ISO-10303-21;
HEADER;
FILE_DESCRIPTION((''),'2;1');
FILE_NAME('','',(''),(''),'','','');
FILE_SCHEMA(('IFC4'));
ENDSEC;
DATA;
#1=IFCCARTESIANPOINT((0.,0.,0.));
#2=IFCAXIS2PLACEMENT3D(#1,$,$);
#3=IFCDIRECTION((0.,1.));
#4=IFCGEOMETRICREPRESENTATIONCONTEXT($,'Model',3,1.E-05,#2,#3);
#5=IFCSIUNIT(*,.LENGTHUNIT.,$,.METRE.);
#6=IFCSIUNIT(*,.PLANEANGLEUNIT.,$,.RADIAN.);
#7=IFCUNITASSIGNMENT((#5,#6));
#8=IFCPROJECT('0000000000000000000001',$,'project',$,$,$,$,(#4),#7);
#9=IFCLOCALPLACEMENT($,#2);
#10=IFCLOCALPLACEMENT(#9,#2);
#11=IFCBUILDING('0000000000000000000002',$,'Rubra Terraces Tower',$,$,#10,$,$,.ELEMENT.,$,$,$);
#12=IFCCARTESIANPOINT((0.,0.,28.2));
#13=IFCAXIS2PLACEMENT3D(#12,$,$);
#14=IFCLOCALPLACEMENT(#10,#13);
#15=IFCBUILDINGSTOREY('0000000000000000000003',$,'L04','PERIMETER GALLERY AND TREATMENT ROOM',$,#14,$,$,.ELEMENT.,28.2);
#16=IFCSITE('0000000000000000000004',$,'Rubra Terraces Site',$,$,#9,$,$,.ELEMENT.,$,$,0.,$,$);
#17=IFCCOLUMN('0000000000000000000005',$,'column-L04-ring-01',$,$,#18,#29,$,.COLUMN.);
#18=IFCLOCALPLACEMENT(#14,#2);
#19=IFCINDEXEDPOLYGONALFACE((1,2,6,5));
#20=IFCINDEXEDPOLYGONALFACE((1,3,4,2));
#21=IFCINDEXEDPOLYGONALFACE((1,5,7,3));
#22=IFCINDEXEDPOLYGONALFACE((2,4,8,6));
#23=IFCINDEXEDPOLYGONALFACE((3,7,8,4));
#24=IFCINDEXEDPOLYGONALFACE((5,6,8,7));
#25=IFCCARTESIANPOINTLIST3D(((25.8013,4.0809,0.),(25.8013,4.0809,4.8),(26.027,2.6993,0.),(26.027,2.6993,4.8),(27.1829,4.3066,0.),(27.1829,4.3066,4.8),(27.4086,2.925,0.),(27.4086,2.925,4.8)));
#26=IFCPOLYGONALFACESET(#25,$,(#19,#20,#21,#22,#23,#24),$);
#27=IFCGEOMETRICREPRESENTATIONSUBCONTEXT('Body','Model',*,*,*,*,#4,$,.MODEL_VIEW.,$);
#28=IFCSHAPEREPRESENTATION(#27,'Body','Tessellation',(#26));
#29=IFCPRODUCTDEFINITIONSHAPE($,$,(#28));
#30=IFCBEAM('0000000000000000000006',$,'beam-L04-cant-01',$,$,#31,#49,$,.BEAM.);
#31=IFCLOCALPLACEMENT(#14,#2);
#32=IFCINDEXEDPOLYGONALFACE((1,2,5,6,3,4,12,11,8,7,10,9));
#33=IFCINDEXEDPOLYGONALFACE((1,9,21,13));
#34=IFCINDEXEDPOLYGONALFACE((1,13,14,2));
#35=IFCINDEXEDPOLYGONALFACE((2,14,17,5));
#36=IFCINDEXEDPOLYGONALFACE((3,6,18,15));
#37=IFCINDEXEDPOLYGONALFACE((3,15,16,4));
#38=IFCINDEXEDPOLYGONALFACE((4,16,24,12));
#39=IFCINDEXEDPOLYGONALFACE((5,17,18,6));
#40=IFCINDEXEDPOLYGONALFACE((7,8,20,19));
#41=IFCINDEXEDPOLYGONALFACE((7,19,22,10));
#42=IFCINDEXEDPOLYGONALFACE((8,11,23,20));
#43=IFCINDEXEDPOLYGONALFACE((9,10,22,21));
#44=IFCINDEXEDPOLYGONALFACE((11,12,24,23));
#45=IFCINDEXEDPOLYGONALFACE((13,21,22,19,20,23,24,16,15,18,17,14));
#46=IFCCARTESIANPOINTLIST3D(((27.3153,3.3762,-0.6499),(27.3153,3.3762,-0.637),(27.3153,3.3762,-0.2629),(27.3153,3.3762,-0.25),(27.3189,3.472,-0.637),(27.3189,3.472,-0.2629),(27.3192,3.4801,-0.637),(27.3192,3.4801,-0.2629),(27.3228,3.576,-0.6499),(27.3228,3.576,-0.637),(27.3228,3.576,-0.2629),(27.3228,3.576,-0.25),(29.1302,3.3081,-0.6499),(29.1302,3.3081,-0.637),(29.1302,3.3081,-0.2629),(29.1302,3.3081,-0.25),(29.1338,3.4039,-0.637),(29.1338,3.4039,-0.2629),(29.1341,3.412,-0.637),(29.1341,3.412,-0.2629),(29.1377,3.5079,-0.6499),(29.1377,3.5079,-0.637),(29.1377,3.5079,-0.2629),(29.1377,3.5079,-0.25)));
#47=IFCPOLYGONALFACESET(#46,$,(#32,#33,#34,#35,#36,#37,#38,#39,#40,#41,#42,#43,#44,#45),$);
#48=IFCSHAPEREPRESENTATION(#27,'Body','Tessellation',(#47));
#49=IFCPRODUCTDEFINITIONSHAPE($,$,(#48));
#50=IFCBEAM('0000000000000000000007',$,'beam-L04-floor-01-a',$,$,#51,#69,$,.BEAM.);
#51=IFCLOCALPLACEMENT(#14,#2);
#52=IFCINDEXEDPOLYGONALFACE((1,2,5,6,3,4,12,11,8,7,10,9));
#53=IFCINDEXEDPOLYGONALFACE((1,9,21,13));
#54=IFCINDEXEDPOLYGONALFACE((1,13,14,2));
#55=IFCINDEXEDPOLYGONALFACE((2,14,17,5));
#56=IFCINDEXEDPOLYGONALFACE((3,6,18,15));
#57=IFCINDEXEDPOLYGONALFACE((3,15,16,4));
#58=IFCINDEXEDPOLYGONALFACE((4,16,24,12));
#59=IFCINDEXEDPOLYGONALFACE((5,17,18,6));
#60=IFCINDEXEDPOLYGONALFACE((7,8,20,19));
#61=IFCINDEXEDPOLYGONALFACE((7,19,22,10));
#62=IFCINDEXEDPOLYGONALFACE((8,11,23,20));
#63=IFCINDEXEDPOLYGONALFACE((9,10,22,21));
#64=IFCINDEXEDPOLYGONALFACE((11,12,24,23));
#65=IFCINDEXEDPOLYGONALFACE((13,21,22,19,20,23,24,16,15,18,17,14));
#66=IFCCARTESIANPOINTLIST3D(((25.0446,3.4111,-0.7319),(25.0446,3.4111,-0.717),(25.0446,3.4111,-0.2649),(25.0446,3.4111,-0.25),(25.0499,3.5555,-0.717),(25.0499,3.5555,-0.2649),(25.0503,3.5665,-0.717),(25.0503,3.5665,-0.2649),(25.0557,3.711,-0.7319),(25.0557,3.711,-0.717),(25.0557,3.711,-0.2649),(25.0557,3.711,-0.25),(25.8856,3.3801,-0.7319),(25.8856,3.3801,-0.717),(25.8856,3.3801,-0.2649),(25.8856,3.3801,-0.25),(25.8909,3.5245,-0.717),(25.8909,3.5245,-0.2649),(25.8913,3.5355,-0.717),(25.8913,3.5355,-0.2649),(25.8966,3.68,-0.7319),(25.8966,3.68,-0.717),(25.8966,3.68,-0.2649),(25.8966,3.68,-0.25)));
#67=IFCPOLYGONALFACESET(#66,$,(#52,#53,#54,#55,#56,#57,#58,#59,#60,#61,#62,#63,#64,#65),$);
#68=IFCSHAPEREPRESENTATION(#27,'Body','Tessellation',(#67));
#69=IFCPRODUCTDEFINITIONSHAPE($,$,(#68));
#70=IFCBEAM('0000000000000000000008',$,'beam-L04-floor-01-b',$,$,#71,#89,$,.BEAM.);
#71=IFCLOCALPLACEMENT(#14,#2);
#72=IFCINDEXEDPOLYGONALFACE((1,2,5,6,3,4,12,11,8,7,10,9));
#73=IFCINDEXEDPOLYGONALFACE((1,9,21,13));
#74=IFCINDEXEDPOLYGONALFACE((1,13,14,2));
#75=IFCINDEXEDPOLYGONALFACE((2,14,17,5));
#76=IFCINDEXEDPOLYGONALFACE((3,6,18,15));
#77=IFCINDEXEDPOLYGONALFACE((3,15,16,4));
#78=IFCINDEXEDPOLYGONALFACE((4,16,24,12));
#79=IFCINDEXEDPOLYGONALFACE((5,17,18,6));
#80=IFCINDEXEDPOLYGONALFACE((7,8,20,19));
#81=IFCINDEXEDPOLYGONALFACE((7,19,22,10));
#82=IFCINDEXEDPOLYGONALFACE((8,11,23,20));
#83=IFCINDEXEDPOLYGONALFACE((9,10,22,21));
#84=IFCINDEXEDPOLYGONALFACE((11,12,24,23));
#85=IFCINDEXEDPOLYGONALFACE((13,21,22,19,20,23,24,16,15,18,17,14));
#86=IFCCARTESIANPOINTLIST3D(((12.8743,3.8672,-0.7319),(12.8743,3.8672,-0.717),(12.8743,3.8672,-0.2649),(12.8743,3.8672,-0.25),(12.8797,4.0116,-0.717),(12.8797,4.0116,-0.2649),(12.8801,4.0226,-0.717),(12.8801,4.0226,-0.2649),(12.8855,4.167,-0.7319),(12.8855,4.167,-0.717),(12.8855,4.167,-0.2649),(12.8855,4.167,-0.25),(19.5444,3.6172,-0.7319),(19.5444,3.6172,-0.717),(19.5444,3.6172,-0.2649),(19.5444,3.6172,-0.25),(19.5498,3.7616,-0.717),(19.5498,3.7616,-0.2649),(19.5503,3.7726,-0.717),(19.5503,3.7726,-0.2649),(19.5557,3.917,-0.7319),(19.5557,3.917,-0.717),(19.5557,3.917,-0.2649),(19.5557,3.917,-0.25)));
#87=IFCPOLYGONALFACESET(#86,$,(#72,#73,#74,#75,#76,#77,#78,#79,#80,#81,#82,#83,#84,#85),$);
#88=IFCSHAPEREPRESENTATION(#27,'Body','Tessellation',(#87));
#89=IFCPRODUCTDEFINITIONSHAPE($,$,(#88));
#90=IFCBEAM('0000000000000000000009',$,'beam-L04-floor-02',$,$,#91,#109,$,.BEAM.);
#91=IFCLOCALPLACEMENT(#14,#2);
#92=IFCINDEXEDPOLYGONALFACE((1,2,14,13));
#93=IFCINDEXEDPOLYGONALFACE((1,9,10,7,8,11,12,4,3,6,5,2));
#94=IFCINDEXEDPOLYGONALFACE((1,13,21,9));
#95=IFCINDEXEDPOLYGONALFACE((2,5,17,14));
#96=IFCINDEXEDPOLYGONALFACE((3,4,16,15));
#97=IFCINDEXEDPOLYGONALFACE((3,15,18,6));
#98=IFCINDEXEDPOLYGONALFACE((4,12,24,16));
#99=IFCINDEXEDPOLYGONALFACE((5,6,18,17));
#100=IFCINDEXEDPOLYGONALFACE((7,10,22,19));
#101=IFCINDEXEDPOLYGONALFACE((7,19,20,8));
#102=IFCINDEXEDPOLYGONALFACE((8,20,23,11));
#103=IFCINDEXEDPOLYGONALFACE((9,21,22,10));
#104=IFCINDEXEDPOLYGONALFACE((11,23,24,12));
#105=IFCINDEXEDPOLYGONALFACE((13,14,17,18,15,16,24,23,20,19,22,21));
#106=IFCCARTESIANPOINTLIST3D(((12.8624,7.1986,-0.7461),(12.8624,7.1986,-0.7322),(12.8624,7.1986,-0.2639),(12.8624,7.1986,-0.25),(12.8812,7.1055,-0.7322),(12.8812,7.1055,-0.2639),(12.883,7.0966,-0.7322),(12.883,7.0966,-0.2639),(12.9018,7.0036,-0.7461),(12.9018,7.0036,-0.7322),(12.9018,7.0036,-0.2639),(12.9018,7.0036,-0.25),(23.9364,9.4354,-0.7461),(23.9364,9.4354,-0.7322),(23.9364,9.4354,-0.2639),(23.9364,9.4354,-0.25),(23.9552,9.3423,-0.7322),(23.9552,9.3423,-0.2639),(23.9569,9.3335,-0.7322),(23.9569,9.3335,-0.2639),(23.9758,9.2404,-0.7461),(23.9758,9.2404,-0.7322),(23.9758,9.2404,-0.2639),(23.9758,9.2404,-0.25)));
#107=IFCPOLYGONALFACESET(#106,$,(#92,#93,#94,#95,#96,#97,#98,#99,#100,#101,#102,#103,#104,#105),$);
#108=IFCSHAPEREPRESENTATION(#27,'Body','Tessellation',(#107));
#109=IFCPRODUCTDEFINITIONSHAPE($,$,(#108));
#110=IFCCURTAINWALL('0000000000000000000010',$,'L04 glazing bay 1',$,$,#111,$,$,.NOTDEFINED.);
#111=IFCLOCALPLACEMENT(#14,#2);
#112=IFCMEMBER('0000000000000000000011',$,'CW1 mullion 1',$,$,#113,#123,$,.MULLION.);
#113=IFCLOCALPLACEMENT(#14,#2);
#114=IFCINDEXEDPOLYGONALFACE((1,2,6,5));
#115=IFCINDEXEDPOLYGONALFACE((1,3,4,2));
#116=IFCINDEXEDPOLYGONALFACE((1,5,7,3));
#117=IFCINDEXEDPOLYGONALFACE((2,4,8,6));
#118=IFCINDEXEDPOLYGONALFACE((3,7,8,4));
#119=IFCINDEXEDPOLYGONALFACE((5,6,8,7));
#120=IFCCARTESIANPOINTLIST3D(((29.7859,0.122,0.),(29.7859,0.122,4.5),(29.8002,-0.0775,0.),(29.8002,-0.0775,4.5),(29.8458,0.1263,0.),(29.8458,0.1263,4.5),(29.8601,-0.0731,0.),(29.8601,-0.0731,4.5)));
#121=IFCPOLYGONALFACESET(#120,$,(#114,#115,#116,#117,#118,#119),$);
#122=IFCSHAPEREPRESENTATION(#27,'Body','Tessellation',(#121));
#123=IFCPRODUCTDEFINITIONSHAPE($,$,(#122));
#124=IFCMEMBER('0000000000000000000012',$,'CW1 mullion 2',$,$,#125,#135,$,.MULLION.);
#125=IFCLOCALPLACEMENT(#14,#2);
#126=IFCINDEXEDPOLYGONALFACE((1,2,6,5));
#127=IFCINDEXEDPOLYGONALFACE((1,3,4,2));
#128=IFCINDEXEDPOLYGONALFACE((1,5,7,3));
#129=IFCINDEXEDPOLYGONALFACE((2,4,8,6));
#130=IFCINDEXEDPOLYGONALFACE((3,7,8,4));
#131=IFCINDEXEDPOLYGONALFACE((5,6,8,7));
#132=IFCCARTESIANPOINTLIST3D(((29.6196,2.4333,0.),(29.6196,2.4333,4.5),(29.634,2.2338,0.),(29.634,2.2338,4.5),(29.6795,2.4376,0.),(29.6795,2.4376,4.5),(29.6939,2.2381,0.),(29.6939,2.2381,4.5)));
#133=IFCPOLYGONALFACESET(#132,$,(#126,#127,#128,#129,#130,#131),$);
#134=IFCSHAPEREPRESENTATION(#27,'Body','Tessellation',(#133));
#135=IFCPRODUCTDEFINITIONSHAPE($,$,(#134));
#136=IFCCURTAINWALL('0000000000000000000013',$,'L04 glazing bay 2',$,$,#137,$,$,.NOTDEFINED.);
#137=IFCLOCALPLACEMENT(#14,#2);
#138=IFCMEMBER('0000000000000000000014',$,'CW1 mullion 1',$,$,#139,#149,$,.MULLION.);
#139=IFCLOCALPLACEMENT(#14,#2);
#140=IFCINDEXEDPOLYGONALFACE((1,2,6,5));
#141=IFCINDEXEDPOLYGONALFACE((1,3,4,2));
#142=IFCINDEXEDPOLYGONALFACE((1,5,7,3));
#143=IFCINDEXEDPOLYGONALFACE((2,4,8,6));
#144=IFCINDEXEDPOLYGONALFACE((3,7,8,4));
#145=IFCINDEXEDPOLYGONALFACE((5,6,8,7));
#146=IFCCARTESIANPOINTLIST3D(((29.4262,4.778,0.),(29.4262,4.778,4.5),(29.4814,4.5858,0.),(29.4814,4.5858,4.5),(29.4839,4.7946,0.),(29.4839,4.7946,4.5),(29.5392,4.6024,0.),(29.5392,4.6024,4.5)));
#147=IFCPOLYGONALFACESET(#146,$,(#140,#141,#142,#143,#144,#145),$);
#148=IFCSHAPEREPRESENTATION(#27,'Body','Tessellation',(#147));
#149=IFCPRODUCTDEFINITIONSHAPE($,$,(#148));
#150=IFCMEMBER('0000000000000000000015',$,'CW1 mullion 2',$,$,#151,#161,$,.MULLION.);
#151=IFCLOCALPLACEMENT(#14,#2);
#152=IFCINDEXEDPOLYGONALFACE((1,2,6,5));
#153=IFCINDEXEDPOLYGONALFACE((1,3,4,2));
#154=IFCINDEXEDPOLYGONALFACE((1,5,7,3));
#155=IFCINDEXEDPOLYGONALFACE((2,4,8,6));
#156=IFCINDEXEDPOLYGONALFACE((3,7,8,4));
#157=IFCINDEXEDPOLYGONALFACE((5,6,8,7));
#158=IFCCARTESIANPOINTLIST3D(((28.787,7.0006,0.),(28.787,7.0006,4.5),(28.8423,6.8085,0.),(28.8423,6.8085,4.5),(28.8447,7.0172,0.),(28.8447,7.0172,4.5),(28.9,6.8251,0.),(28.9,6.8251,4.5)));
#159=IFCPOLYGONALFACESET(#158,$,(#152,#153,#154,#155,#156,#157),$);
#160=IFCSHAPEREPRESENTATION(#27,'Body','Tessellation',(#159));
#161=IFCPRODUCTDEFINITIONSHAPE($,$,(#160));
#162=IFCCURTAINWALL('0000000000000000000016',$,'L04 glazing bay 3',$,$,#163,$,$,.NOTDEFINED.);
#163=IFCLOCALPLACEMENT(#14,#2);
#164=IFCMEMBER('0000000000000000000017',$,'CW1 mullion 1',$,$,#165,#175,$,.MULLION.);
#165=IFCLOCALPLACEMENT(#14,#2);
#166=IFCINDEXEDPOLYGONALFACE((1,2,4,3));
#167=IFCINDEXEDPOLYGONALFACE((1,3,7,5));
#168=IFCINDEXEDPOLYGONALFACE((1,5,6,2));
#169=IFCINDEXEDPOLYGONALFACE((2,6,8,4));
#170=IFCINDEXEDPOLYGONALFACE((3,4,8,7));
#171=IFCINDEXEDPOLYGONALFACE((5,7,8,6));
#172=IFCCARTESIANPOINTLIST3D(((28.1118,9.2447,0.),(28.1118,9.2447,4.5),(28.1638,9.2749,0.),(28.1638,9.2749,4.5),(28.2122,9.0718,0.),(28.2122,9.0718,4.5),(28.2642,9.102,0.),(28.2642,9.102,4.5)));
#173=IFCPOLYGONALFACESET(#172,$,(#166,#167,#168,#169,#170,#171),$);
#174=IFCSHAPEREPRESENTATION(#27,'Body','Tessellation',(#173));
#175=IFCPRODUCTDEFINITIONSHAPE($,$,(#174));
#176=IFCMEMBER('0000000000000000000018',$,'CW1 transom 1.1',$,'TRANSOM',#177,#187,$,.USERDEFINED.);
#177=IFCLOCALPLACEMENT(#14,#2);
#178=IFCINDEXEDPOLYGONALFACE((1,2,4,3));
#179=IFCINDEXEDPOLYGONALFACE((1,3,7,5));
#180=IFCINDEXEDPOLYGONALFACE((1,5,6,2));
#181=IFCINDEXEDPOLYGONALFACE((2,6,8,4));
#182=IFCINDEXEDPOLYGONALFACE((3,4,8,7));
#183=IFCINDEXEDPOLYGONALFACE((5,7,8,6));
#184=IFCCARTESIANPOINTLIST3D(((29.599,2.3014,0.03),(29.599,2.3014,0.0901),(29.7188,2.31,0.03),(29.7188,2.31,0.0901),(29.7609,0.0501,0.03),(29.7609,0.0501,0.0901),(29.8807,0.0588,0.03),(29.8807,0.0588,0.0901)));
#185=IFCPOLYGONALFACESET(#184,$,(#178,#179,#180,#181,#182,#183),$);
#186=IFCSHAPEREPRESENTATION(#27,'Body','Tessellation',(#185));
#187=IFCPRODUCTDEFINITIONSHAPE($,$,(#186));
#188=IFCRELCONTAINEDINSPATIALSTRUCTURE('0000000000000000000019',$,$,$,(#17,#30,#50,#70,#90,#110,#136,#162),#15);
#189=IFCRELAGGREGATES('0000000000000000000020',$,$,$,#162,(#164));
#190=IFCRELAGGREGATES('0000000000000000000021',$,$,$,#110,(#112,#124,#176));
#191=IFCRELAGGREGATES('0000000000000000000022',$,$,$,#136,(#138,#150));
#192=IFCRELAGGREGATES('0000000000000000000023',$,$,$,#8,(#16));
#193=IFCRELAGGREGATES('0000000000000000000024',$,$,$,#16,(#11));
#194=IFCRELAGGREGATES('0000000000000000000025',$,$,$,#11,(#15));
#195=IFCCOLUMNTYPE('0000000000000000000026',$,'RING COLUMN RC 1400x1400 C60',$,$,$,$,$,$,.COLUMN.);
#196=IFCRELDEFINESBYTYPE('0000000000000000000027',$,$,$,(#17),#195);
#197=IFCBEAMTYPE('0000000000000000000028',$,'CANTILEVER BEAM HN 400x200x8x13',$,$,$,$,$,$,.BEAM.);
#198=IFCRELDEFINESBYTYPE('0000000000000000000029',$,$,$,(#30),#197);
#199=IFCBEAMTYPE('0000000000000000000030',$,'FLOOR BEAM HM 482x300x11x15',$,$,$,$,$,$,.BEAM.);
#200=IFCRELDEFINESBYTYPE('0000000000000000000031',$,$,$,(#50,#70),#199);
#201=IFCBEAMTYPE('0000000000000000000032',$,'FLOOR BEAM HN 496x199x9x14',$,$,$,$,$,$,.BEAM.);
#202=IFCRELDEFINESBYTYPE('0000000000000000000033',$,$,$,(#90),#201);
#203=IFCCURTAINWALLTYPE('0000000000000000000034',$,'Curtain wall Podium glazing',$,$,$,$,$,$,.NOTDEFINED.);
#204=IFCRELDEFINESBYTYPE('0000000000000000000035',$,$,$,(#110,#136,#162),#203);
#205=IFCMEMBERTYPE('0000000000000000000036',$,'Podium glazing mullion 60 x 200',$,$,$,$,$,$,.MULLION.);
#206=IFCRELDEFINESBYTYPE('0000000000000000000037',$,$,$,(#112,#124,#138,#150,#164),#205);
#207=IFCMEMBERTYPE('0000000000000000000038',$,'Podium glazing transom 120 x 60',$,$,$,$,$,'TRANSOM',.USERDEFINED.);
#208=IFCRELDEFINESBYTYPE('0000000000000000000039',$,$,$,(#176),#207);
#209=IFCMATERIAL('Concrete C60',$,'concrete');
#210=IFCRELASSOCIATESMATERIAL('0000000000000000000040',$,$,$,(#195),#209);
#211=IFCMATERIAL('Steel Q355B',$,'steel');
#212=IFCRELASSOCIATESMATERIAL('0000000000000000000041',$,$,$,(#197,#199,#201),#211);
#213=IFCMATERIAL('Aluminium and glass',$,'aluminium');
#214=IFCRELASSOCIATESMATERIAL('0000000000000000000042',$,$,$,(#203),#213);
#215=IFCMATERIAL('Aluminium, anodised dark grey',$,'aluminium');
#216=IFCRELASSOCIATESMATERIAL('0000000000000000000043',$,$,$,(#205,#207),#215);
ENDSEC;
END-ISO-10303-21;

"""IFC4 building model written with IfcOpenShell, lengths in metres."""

from ifc_helpers import new_model, si_unit, direction, frame, origin, origin_2d, place, context, subcontext, project, spatial, rectangle, i_section, extrude, material, material_profile, profile_set, type_object, element, aggregate, save


model = new_model("IFC4")

# Units and contexts
model_context = context("Model", 3, precision=1e-05, world=origin(), true_north=direction((0.0, 1.0)))
body_context = subcontext(model_context, "Body", "Model", "MODEL_VIEW")
ifc_project = project(units=[si_unit("LENGTHUNIT", "METRE"), si_unit("PLANEANGLEUNIT", "RADIAN")], contexts=[model_context])

# Site, building, storey
site_placement = place(None, origin())
site = spatial("IfcSite", under=ifc_project, at=site_placement, Name="Rubra Terraces Site", CompositionType="ELEMENT", RefElevation=0.0)
building_placement = place(site_placement, origin())
building = spatial("IfcBuilding", under=site, at=building_placement, Name="Rubra Terraces Tower", CompositionType="ELEMENT")
storey_placement = place(building_placement, frame((0.0, 0.0, 28.2)))
storey = spatial("IfcBuildingStorey", under=building, at=storey_placement, Name="L04", Description="PERIMETER GALLERY AND TREATMENT ROOM", CompositionType="ELEMENT", Elevation=28.2)

# Column
ifc_material_1 = material(Name="Concrete C60", Category="concrete")
ifc_material_profile_1 = material_profile(ifc_material_1, rectangle(XDim=1.3999, YDim=1.3999, at=origin_2d()), Name="RC 1400x1400")
ifc_profile_set_1 = profile_set([ifc_material_profile_1], Name="Concrete C60")
column_type = type_object("IfcColumnType", Name="RING COLUMN RC 1400x1400 C60", PredefinedType="COLUMN", material=ifc_profile_set_1)
column_placement = place(storey_placement, frame((26.605, 3.5029, 0.0), z_axis=(0.0, 0.0, 1.0), x_axis=(-0.161234, 0.986916, 0.0)))
element("IfcColumn", 1, at=column_placement, inside=storey, type_object=column_type, Name="column-L04-ring-01", PredefinedType="COLUMN", context=body_context, shape_type="SweptSolid", body=[
    extrude(rectangle(XDim=1.3999, YDim=1.3999, at=origin_2d()), origin(), (0.0, 0.0, 1.0), 4.8),
])

# Beams
ifc_material_2 = material(Name="Steel Q355B", Category="steel")
ifc_material_profile_2 = material_profile(ifc_material_2, i_section(OverallWidth=0.2, OverallDepth=0.3999, WebThickness=0.0081, FlangeThickness=0.0129, at=origin_2d()), Name="HN 400x200x8x13")
ifc_profile_set_2 = profile_set([ifc_material_profile_2], Name="Steel Q355B")
beam_type_1 = type_object("IfcBeamType", Name="CANTILEVER BEAM HN 400x200x8x13", PredefinedType="BEAM", material=ifc_profile_set_2)
beam_1_placement = place(storey_placement, frame((27.3191, 3.4761, -0.45), z_axis=(0.999296, -0.037504, 0.0), x_axis=(0.037504, 0.999296, 0.0)))
element("IfcBeam", 2, at=beam_1_placement, inside=storey, type_object=beam_type_1, Name="beam-L04-cant-01", PredefinedType="BEAM", context=body_context, shape_type="SweptSolid", body=[
    extrude(i_section(OverallWidth=0.2, OverallDepth=0.3999, WebThickness=0.0081, FlangeThickness=0.0129, at=origin_2d()), origin(), (0.0, 0.0, 1.0), 1.8162),
])
ifc_material_profile_3 = material_profile(ifc_material_2, i_section(OverallWidth=0.3, OverallDepth=0.4819, WebThickness=0.011, FlangeThickness=0.0149, at=origin_2d()), Name="HM 482x300x11x15")
ifc_profile_set_3 = profile_set([ifc_material_profile_3], Name="Steel Q355B")
beam_type_2 = type_object("IfcBeamType", Name="FLOOR BEAM HM 482x300x11x15", PredefinedType="BEAM", material=ifc_profile_set_3)
beam_2_placement = place(storey_placement, frame((25.8911, 3.53, -0.491), z_axis=(-0.999321, 0.03684, 0.0), x_axis=(-0.03684, -0.999321, 0.0)))
element("IfcBeam", 3, at=beam_2_placement, inside=storey, type_object=beam_type_2, Name="beam-L04-floor-01-a", PredefinedType="BEAM", context=body_context, shape_type="SweptSolid", body=[
    extrude(i_section(OverallWidth=0.3, OverallDepth=0.4819, WebThickness=0.011, FlangeThickness=0.0149, at=origin_2d()), origin(), (0.0, 0.0, 1.0), 0.8416),
])
beam_3_placement = place(storey_placement, frame((19.55, 3.7671, -0.491), z_axis=(-0.999298, 0.037454, 0.0), x_axis=(-0.037454, -0.999298, 0.0)))
element("IfcBeam", 4, at=beam_3_placement, inside=storey, type_object=beam_type_2, Name="beam-L04-floor-01-b", PredefinedType="BEAM", context=body_context, shape_type="SweptSolid", body=[
    extrude(i_section(OverallWidth=0.3, OverallDepth=0.4819, WebThickness=0.011, FlangeThickness=0.0149, at=origin_2d()), origin(), (0.0, 0.0, 1.0), 6.6748),
])
ifc_material_profile_4 = material_profile(ifc_material_2, i_section(OverallWidth=0.199, OverallDepth=0.4961, WebThickness=0.009, FlangeThickness=0.0139, at=origin_2d()), Name="HN 496x199x9x14")
ifc_profile_set_4 = profile_set([ifc_material_profile_4], Name="Steel Q355B")
beam_type_3 = type_object("IfcBeamType", Name="FLOOR BEAM HN 496x199x9x14", PredefinedType="BEAM", material=ifc_profile_set_4)
beam_4_placement = place(storey_placement, frame((23.9561, 9.3379, -0.498), z_axis=(-0.980204, -0.19799, 0.0), x_axis=(0.19799, -0.980204, 0.0)))
element("IfcBeam", 5, at=beam_4_placement, inside=storey, type_object=beam_type_3, Name="beam-L04-floor-02", PredefinedType="BEAM", context=body_context, shape_type="SweptSolid", body=[
    extrude(i_section(OverallWidth=0.199, OverallDepth=0.4961, WebThickness=0.009, FlangeThickness=0.0139, at=origin_2d()), origin(), (0.0, 0.0, 1.0), 11.2976),
])

# Curtain walls, members
ifc_material_3 = material(Name="Aluminium and glass", Category="aluminium")
curtain_wall_type = type_object("IfcCurtainWallType", Name="Curtain wall Podium glazing", PredefinedType="NOTDEFINED", material=ifc_material_3)
curtain_wall_1_placement = place(storey_placement, origin())
curtain_wall_1 = element("IfcCurtainWall", 6, at=curtain_wall_1_placement, inside=storey, type_object=curtain_wall_type, Name="L04 glazing bay 1", PredefinedType="NOTDEFINED")
ifc_material_4 = material(Name="Aluminium, anodised dark grey", Category="aluminium")
ifc_material_profile_5 = material_profile(ifc_material_4, rectangle(XDim=0.0601, YDim=0.2, at=origin_2d()), Name="AL 60x200")
ifc_profile_set_5 = profile_set([ifc_material_profile_5], Name="Aluminium, anodised dark grey")
member_type_1 = type_object("IfcMemberType", Name="Podium glazing mullion 60 x 200", PredefinedType="MULLION", material=ifc_profile_set_5)
member_1_placement = place(storey_placement, frame((29.823, 0.0244, 0.0), z_axis=(0.0, 0.0, 1.0), x_axis=(-0.99742, -0.071792, 0.0)))
member_1 = element("IfcMember", 7, at=member_1_placement, type_object=member_type_1, Name="CW1 mullion 1", PredefinedType="MULLION", context=body_context, shape_type="SweptSolid", body=[
    extrude(rectangle(XDim=0.0601, YDim=0.2, at=origin_2d()), origin(), (0.0, 0.0, 1.0), 4.5),
])
member_2_placement = place(storey_placement, frame((29.6567, 2.3357, 0.0), z_axis=(0.0, 0.0, 1.0), x_axis=(-0.99742, -0.071792, 0.0)))
member_2 = element("IfcMember", 8, at=member_2_placement, type_object=member_type_1, Name="CW1 mullion 2", PredefinedType="MULLION", context=body_context, shape_type="SweptSolid", body=[
    extrude(rectangle(XDim=0.0601, YDim=0.2, at=origin_2d()), origin(), (0.0, 0.0, 1.0), 4.5),
])
curtain_wall_2_placement = place(storey_placement, origin())
curtain_wall_2 = element("IfcCurtainWall", 9, at=curtain_wall_2_placement, inside=storey, type_object=curtain_wall_type, Name="L04 glazing bay 2", PredefinedType="NOTDEFINED")
member_3_placement = place(storey_placement, frame((29.4827, 4.6902, 0.0), z_axis=(0.0, 0.0, 1.0), x_axis=(-0.961047, -0.276384, 0.0)))
member_3 = element("IfcMember", 10, at=member_3_placement, type_object=member_type_1, Name="CW1 mullion 1", PredefinedType="MULLION", context=body_context, shape_type="SweptSolid", body=[
    extrude(rectangle(XDim=0.0601, YDim=0.2, at=origin_2d()), origin(), (0.0, 0.0, 1.0), 4.5),
])
member_4_placement = place(storey_placement, frame((28.8435, 6.9128, 0.0), z_axis=(0.0, 0.0, 1.0), x_axis=(-0.961047, -0.276384, 0.0)))
member_4 = element("IfcMember", 11, at=member_4_placement, type_object=member_type_1, Name="CW1 mullion 2", PredefinedType="MULLION", context=body_context, shape_type="SweptSolid", body=[
    extrude(rectangle(XDim=0.0601, YDim=0.2, at=origin_2d()), origin(), (0.0, 0.0, 1.0), 4.5),
])

# Curtain wall, member
curtain_wall_3_placement = place(storey_placement, origin())
curtain_wall_3 = element("IfcCurtainWall", 12, at=curtain_wall_3_placement, inside=storey, type_object=curtain_wall_type, Name="L04 glazing bay 3", PredefinedType="NOTDEFINED")
member_5_placement = place(storey_placement, frame((28.188, 9.1733, 0.0), z_axis=(0.0, 0.0, 1.0), x_axis=(-0.864813, -0.502094, 0.0)))
member_5 = element("IfcMember", 13, at=member_5_placement, type_object=member_type_1, Name="CW1 mullion 1", PredefinedType="MULLION", context=body_context, shape_type="SweptSolid", body=[
    extrude(rectangle(XDim=0.0601, YDim=0.2, at=origin_2d()), origin(), (0.0, 0.0, 1.0), 4.5),
])

# Member
ifc_material_profile_6 = material_profile(ifc_material_4, rectangle(XDim=0.1201, YDim=0.0601, at=origin_2d()), Name="AL 120x60")
ifc_profile_set_6 = profile_set([ifc_material_profile_6], Name="Aluminium, anodised dark grey")
member_type_2 = type_object("IfcMemberType", Name="Podium glazing transom 120 x 60", ElementType="TRANSOM", PredefinedType="USERDEFINED", material=ifc_profile_set_6)
member_6_placement = place(storey_placement, frame((29.8208, 0.0544, 0.0601), z_axis=(-0.071716, 0.997425, 0.0), x_axis=(-0.997425, -0.071716, 0.0)))
member_6 = element("IfcMember", 14, at=member_6_placement, type_object=member_type_2, Name="CW1 transom 1.1", ObjectType="TRANSOM", PredefinedType="USERDEFINED", context=body_context, shape_type="SweptSolid", body=[
    extrude(rectangle(XDim=0.1201, YDim=0.0601, at=origin_2d()), origin(), (0.0, 0.0, 1.0), 2.2571),
])
aggregate(curtain_wall_3, [member_5])

aggregate(curtain_wall_1, [member_1, member_2, member_6])
aggregate(curtain_wall_2, [member_3, member_4])

save(model, "model.ifc")
